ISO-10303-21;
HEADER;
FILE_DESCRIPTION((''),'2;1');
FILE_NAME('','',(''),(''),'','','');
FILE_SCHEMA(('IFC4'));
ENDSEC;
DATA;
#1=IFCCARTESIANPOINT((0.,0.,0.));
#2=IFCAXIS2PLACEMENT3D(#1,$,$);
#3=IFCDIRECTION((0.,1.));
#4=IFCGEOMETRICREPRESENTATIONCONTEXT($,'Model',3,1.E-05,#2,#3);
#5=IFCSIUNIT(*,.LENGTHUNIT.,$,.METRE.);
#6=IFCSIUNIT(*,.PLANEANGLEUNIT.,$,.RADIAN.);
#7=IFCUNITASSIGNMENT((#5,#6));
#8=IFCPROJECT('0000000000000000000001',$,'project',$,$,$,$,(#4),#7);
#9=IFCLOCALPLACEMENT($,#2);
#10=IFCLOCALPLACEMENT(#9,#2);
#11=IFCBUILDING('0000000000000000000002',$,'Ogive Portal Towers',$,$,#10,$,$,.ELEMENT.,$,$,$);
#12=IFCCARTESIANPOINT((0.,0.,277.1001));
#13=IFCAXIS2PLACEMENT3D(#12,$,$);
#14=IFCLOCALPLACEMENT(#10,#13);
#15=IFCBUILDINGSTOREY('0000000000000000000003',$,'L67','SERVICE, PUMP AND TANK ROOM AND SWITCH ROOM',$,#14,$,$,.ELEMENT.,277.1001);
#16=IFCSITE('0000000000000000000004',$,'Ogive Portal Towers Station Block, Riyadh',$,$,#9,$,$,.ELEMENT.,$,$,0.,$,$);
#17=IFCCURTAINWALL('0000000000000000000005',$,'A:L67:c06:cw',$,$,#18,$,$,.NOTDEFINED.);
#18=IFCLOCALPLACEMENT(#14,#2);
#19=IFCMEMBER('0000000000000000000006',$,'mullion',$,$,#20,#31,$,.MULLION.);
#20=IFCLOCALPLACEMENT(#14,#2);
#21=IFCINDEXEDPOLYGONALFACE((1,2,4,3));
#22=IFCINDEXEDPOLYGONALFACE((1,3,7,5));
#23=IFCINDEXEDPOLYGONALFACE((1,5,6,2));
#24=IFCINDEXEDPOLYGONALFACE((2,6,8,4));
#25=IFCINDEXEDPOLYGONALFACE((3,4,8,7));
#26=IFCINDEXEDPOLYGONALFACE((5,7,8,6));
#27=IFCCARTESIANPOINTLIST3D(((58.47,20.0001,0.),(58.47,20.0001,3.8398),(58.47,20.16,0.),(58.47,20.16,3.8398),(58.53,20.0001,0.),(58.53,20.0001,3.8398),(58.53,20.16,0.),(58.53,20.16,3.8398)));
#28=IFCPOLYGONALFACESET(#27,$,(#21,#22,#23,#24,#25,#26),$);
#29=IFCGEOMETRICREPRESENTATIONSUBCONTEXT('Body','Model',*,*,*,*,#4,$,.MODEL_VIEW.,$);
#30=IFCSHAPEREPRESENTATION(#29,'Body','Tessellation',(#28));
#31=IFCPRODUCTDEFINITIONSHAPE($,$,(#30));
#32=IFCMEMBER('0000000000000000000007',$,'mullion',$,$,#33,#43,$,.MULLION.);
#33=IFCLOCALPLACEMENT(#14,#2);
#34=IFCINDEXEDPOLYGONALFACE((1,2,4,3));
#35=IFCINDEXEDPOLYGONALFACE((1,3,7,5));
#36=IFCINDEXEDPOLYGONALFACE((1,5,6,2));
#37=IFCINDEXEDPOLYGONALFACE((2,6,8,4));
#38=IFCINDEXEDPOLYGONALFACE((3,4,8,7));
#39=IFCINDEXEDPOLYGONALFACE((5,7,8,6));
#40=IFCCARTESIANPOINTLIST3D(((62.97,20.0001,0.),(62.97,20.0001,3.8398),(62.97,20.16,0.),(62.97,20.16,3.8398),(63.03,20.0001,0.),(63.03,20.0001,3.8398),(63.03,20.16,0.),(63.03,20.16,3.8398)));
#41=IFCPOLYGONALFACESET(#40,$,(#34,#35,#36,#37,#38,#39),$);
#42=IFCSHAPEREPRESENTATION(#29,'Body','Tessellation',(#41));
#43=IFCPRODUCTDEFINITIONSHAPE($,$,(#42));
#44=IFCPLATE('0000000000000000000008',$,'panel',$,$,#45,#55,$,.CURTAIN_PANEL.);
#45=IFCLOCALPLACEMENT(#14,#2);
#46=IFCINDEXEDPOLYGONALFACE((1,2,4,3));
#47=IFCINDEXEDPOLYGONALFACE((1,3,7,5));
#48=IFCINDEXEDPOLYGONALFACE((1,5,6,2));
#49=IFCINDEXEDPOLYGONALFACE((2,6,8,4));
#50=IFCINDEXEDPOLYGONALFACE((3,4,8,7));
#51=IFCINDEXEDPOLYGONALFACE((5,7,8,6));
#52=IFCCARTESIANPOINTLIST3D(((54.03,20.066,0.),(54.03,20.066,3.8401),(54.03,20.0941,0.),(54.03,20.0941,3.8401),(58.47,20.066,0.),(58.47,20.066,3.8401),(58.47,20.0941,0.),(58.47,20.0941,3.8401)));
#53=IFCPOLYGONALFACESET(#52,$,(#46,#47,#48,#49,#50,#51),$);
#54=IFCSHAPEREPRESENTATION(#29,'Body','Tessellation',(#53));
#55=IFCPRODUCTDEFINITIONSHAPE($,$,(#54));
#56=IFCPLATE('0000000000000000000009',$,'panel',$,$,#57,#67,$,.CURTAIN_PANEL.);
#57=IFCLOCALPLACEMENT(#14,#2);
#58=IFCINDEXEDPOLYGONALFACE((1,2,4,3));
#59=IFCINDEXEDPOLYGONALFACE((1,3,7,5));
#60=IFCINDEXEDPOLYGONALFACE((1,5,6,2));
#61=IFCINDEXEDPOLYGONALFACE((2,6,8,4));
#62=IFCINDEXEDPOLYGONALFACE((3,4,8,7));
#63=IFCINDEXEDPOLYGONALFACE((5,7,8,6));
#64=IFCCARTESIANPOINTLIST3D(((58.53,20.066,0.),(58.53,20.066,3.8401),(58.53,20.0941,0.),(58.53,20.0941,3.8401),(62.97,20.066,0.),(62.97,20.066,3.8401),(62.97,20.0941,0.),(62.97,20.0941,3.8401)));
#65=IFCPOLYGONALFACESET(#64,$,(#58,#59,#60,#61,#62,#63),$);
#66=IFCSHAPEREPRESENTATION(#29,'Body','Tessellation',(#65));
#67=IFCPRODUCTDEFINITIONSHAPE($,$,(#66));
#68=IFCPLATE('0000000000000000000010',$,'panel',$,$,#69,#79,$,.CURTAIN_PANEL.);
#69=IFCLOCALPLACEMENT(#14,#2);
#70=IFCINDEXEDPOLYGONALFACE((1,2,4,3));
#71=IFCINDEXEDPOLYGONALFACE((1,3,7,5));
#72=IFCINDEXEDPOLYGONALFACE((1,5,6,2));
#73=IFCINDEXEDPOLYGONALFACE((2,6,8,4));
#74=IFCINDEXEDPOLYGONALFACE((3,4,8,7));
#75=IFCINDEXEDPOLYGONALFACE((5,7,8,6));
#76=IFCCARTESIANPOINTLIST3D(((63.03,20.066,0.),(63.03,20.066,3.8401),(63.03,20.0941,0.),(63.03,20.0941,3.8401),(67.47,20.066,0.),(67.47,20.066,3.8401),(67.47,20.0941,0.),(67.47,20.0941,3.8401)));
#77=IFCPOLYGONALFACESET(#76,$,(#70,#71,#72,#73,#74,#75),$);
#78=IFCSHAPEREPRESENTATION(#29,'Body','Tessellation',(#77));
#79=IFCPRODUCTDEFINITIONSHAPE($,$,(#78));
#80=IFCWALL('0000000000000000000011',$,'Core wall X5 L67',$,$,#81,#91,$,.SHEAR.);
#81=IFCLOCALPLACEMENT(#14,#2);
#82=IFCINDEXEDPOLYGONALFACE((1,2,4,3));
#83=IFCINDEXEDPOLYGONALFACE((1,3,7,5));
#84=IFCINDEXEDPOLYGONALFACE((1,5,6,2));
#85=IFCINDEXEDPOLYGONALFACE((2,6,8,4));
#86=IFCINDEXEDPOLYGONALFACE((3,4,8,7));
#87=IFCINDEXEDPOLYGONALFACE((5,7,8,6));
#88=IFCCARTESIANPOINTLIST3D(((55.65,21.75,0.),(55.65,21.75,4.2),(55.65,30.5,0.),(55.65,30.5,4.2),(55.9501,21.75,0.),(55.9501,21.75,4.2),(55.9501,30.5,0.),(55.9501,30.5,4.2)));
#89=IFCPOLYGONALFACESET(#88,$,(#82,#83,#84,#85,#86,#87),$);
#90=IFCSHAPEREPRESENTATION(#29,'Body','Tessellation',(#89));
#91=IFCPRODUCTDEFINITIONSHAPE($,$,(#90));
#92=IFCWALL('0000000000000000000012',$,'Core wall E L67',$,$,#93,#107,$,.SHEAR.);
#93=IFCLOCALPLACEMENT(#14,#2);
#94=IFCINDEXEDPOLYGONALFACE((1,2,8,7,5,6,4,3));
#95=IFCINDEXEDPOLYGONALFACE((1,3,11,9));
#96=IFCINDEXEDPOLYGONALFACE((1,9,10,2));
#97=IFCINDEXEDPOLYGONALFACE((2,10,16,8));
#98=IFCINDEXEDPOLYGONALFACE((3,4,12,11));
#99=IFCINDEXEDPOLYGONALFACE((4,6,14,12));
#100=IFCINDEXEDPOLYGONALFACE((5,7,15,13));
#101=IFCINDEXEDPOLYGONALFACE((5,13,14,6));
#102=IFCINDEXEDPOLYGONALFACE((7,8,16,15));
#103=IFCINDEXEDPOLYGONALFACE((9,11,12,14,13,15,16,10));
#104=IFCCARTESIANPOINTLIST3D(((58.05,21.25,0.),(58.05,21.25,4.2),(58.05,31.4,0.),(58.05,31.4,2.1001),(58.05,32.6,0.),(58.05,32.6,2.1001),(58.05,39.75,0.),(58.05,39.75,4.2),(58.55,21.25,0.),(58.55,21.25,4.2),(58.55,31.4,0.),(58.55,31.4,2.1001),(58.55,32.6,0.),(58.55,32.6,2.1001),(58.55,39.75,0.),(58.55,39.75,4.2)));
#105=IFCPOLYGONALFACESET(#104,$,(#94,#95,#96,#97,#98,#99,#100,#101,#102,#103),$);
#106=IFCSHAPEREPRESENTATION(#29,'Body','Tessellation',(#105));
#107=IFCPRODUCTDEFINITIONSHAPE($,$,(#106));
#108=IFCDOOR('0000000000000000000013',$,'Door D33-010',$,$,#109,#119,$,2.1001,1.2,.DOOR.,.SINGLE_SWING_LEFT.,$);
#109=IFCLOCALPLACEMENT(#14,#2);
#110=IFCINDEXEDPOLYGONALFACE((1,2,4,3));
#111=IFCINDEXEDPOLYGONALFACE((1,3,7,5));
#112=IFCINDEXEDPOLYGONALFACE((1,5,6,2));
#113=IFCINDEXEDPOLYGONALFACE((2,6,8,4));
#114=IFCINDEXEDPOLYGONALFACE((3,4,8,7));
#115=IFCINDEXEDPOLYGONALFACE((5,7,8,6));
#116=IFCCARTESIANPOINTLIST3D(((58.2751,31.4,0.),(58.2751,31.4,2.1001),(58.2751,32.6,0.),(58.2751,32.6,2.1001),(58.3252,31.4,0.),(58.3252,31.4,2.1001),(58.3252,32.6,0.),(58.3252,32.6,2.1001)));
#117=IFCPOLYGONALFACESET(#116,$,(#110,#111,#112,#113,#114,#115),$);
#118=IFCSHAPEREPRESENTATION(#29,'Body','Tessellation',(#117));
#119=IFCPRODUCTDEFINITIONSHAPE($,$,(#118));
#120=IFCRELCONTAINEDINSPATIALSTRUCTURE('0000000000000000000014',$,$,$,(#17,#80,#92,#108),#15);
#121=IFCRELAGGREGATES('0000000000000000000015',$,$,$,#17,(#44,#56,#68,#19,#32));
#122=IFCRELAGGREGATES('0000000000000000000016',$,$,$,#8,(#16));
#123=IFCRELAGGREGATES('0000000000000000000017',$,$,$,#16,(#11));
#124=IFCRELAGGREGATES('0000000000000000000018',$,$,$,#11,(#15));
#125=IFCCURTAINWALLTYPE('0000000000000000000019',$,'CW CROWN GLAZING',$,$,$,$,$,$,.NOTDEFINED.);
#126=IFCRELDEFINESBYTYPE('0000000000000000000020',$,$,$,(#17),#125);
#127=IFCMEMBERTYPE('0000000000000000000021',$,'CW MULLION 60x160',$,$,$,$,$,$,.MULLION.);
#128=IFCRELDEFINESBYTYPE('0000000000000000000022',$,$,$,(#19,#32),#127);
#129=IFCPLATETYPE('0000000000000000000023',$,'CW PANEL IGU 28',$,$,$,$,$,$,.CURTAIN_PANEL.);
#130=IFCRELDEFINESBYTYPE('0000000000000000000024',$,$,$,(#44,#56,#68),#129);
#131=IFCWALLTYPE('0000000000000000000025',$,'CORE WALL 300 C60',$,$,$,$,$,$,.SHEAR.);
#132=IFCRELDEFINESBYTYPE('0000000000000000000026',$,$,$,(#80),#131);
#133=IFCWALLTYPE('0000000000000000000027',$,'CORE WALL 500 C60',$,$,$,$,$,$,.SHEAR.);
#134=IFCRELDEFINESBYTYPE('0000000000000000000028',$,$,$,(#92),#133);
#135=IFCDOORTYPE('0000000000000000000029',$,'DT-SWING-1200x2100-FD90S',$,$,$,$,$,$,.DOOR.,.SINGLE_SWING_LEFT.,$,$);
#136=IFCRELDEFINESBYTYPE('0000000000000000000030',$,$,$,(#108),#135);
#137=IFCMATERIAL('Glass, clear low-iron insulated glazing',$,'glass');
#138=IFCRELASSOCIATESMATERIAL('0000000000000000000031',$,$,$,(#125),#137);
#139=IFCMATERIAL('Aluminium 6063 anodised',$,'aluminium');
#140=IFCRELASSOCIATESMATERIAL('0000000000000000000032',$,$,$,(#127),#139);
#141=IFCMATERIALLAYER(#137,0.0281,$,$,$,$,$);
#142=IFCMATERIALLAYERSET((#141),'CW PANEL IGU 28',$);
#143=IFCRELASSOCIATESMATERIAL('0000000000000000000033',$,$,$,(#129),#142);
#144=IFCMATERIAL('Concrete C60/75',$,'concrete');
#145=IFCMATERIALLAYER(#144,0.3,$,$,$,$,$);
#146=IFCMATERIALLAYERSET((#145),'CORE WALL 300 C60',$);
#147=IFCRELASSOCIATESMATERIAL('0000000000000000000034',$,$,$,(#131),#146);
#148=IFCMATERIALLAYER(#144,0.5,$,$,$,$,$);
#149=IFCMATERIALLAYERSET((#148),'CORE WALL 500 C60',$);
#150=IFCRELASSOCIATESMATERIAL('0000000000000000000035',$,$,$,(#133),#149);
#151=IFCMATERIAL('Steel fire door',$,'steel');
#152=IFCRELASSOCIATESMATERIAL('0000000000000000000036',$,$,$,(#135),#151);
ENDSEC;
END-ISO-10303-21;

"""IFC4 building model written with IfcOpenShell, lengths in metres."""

from ifc_helpers import new_model, si_unit, direction, frame, frame_2d, origin, origin_2d, place, context, subcontext, project, spatial, rectangle, extrude, material, layer, layer_set, material_profile, profile_set, type_object, element, fill, aggregate, save


model = new_model("IFC4")

# Units and contexts
model_context = context("Model", 3, precision=1e-05, world=origin(), true_north=direction((0.0, 1.0)))
body_context = subcontext(model_context, "Body", "Model", "MODEL_VIEW")
ifc_project = project(units=[si_unit("LENGTHUNIT", "METRE"), si_unit("PLANEANGLEUNIT", "RADIAN")], contexts=[model_context])

# Site, building, storey
site_placement = place(None, origin())
site = spatial("IfcSite", under=ifc_project, at=site_placement, Name="Ogive Portal Towers Station Block, Riyadh", CompositionType="ELEMENT", RefElevation=0.0)
building_placement = place(site_placement, origin())
building = spatial("IfcBuilding", under=site, at=building_placement, Name="Ogive Portal Towers", CompositionType="ELEMENT")
storey_placement = place(building_placement, frame((0.0, 0.0, 277.1001)))
storey = spatial("IfcBuildingStorey", under=building, at=storey_placement, Name="L67", Description="SERVICE, PUMP AND TANK ROOM AND SWITCH ROOM", CompositionType="ELEMENT", Elevation=277.1001)

# Curtain wall, members, plates
ifc_material_1 = material(Name="Glass, clear low-iron insulated glazing", Category="glass")
curtain_wall_type = type_object("IfcCurtainWallType", Name="CW CROWN GLAZING", PredefinedType="NOTDEFINED", material=ifc_material_1)
curtain_wall_placement = place(storey_placement, origin())
curtain_wall = element("IfcCurtainWall", 1, at=curtain_wall_placement, inside=storey, type_object=curtain_wall_type, Name="A:L67:c06:cw", PredefinedType="NOTDEFINED")
ifc_material_2 = material(Name="Aluminium 6063 anodised", Category="aluminium")
ifc_material_profile = material_profile(ifc_material_2, rectangle(XDim=0.1599, YDim=0.0601, at=origin_2d()), Name="AL 60x160")
ifc_profile_set = profile_set([ifc_material_profile], Name="Aluminium 6063 anodised")
member_type = type_object("IfcMemberType", Name="CW MULLION 60x160", PredefinedType="MULLION", material=ifc_profile_set)
member_1_placement = place(storey_placement, frame((58.5, 20.0801, 0.0), z_axis=(0.0, 0.0, 1.0), x_axis=(0.0, 1.0, 0.0)))
member_1 = element("IfcMember", 2, at=member_1_placement, type_object=member_type, Name="mullion", PredefinedType="MULLION", context=body_context, shape_type="SweptSolid", body=[
    extrude(rectangle(XDim=0.1599, YDim=0.0601, at=origin_2d()), origin(), (0.0, 0.0, 1.0), 3.8398),
])
member_2_placement = place(storey_placement, frame((63.0, 20.0801, 0.0), z_axis=(0.0, 0.0, 1.0), x_axis=(0.0, 1.0, 0.0)))
member_2 = element("IfcMember", 3, at=member_2_placement, type_object=member_type, Name="mullion", PredefinedType="MULLION", context=body_context, shape_type="SweptSolid", body=[
    extrude(rectangle(XDim=0.1599, YDim=0.0601, at=origin_2d()), origin(), (0.0, 0.0, 1.0), 3.8398),
])
ifc_layer_1 = layer(ifc_material_1, 0.0281)
ifc_layer_set_1 = layer_set([ifc_layer_1], Name="CW PANEL IGU 28")
plate_type = type_object("IfcPlateType", Name="CW PANEL IGU 28", PredefinedType="CURTAIN_PANEL", material=ifc_layer_set_1)
plate_1_placement = place(storey_placement, frame((56.25, 20.0801, 0.0), z_axis=(0.0, 0.0, 1.0), x_axis=(1.0, 0.0, 0.0)))
plate_1 = element("IfcPlate", 4, at=plate_1_placement, type_object=plate_type, Name="panel", PredefinedType="CURTAIN_PANEL", context=body_context, shape_type="SweptSolid", body=[
    extrude(rectangle(XDim=4.4399, YDim=0.0281, at=origin_2d()), origin(), (0.0, 0.0, 1.0), 3.8401),
])
plate_2_placement = place(storey_placement, frame((60.75, 20.0801, 0.0), z_axis=(0.0, 0.0, 1.0), x_axis=(1.0, 0.0, 0.0)))
plate_2 = element("IfcPlate", 5, at=plate_2_placement, type_object=plate_type, Name="panel", PredefinedType="CURTAIN_PANEL", context=body_context, shape_type="SweptSolid", body=[
    extrude(rectangle(XDim=4.4399, YDim=0.0281, at=origin_2d()), origin(), (0.0, 0.0, 1.0), 3.8401),
])
plate_3_placement = place(storey_placement, frame((65.25, 20.0801, 0.0), z_axis=(0.0, 0.0, 1.0), x_axis=(1.0, 0.0, 0.0)))
plate_3 = element("IfcPlate", 6, at=plate_3_placement, type_object=plate_type, Name="panel", PredefinedType="CURTAIN_PANEL", context=body_context, shape_type="SweptSolid", body=[
    extrude(rectangle(XDim=4.4399, YDim=0.0281, at=origin_2d()), origin(), (0.0, 0.0, 1.0), 3.8401),
])
aggregate(curtain_wall, [plate_1, plate_2, plate_3, member_1, member_2])

# Wall
ifc_material_3 = material(Name="Concrete C60/75", Category="concrete")
ifc_layer_2 = layer(ifc_material_3, 0.3)
ifc_layer_set_2 = layer_set([ifc_layer_2], Name="CORE WALL 300 C60")
wall_type_1 = type_object("IfcWallType", Name="CORE WALL 300 C60", PredefinedType="SHEAR", material=ifc_layer_set_2)
wall_1_placement = place(storey_placement, frame((55.8, 21.75, 0.0), z_axis=(0.0, 0.0, 1.0), x_axis=(0.0, 1.0, 0.0)))
element("IfcWall", 7, at=wall_1_placement, inside=storey, type_object=wall_type_1, Name="Core wall X5 L67", PredefinedType="SHEAR", context=body_context, shape_type="SweptSolid", body=[
    extrude(rectangle(XDim=8.75, YDim=0.3, at=frame_2d((4.375, 0.0))), origin(), (0.0, 0.0, 1.0), 4.2),
])

# Wall, opening, door
ifc_layer_3 = layer(ifc_material_3, 0.5)
ifc_layer_set_3 = layer_set([ifc_layer_3], Name="CORE WALL 500 C60")
wall_type_2 = type_object("IfcWallType", Name="CORE WALL 500 C60", PredefinedType="SHEAR", material=ifc_layer_set_3)
wall_2_placement = place(storey_placement, frame((58.3, 21.25, 0.0), z_axis=(0.0, 0.0, 1.0), x_axis=(0.0, 1.0, 0.0)))
wall_2 = element("IfcWall", 8, at=wall_2_placement, inside=storey, type_object=wall_type_2, Name="Core wall E L67", PredefinedType="SHEAR", context=body_context, shape_type="SweptSolid", body=[
    extrude(rectangle(XDim=18.5, YDim=0.5, at=frame_2d((9.25, 0.0))), origin(), (0.0, 0.0, 1.0), 4.2),
])
opening_1_placement = place(wall_2_placement, frame((10.1499, 0.0, 0.0)))
opening_1 = element("IfcOpeningElement", 9, at=opening_1_placement, cuts=wall_2, PredefinedType="OPENING", context=body_context, shape_type="SweptSolid", body=[
    extrude(rectangle(XDim=1.2, YDim=2.1001, at=frame_2d((0.6001, 1.05))), frame((0.0, 0.26, 0.0), z_axis=(0.0, -1.0, 0.0), x_axis=(1.0, 0.0, 0.0)), (0.0, 0.0, 1.0), 0.52),
])
ifc_material_4 = material(Name="Steel fire door", Category="steel")
door_type_1 = type_object("IfcDoorType", Name="DT-SWING-1200x2100-FD90S", OperationType="SINGLE_SWING_LEFT", PredefinedType="DOOR", material=ifc_material_4)
door_1_placement = place(opening_1_placement, origin())
door_1 = element("IfcDoor", 10, at=door_1_placement, inside=storey, type_object=door_type_1, Name="Door D33-010", OperationType="SINGLE_SWING_LEFT", OverallHeight=2.1001, OverallWidth=1.2, PredefinedType="DOOR", context=body_context, shape_type="SweptSolid", body=[
    extrude(rectangle(XDim=1.2, YDim=2.1001, at=frame_2d((0.6001, 1.05))), frame((0.0, 0.0249, 0.0), z_axis=(0.0, -1.0, 0.0), x_axis=(1.0, 0.0, 0.0)), (0.0, 0.0, 1.0), 0.05),
])
fill(opening_1, door_1)

save(model, "model.ifc")
